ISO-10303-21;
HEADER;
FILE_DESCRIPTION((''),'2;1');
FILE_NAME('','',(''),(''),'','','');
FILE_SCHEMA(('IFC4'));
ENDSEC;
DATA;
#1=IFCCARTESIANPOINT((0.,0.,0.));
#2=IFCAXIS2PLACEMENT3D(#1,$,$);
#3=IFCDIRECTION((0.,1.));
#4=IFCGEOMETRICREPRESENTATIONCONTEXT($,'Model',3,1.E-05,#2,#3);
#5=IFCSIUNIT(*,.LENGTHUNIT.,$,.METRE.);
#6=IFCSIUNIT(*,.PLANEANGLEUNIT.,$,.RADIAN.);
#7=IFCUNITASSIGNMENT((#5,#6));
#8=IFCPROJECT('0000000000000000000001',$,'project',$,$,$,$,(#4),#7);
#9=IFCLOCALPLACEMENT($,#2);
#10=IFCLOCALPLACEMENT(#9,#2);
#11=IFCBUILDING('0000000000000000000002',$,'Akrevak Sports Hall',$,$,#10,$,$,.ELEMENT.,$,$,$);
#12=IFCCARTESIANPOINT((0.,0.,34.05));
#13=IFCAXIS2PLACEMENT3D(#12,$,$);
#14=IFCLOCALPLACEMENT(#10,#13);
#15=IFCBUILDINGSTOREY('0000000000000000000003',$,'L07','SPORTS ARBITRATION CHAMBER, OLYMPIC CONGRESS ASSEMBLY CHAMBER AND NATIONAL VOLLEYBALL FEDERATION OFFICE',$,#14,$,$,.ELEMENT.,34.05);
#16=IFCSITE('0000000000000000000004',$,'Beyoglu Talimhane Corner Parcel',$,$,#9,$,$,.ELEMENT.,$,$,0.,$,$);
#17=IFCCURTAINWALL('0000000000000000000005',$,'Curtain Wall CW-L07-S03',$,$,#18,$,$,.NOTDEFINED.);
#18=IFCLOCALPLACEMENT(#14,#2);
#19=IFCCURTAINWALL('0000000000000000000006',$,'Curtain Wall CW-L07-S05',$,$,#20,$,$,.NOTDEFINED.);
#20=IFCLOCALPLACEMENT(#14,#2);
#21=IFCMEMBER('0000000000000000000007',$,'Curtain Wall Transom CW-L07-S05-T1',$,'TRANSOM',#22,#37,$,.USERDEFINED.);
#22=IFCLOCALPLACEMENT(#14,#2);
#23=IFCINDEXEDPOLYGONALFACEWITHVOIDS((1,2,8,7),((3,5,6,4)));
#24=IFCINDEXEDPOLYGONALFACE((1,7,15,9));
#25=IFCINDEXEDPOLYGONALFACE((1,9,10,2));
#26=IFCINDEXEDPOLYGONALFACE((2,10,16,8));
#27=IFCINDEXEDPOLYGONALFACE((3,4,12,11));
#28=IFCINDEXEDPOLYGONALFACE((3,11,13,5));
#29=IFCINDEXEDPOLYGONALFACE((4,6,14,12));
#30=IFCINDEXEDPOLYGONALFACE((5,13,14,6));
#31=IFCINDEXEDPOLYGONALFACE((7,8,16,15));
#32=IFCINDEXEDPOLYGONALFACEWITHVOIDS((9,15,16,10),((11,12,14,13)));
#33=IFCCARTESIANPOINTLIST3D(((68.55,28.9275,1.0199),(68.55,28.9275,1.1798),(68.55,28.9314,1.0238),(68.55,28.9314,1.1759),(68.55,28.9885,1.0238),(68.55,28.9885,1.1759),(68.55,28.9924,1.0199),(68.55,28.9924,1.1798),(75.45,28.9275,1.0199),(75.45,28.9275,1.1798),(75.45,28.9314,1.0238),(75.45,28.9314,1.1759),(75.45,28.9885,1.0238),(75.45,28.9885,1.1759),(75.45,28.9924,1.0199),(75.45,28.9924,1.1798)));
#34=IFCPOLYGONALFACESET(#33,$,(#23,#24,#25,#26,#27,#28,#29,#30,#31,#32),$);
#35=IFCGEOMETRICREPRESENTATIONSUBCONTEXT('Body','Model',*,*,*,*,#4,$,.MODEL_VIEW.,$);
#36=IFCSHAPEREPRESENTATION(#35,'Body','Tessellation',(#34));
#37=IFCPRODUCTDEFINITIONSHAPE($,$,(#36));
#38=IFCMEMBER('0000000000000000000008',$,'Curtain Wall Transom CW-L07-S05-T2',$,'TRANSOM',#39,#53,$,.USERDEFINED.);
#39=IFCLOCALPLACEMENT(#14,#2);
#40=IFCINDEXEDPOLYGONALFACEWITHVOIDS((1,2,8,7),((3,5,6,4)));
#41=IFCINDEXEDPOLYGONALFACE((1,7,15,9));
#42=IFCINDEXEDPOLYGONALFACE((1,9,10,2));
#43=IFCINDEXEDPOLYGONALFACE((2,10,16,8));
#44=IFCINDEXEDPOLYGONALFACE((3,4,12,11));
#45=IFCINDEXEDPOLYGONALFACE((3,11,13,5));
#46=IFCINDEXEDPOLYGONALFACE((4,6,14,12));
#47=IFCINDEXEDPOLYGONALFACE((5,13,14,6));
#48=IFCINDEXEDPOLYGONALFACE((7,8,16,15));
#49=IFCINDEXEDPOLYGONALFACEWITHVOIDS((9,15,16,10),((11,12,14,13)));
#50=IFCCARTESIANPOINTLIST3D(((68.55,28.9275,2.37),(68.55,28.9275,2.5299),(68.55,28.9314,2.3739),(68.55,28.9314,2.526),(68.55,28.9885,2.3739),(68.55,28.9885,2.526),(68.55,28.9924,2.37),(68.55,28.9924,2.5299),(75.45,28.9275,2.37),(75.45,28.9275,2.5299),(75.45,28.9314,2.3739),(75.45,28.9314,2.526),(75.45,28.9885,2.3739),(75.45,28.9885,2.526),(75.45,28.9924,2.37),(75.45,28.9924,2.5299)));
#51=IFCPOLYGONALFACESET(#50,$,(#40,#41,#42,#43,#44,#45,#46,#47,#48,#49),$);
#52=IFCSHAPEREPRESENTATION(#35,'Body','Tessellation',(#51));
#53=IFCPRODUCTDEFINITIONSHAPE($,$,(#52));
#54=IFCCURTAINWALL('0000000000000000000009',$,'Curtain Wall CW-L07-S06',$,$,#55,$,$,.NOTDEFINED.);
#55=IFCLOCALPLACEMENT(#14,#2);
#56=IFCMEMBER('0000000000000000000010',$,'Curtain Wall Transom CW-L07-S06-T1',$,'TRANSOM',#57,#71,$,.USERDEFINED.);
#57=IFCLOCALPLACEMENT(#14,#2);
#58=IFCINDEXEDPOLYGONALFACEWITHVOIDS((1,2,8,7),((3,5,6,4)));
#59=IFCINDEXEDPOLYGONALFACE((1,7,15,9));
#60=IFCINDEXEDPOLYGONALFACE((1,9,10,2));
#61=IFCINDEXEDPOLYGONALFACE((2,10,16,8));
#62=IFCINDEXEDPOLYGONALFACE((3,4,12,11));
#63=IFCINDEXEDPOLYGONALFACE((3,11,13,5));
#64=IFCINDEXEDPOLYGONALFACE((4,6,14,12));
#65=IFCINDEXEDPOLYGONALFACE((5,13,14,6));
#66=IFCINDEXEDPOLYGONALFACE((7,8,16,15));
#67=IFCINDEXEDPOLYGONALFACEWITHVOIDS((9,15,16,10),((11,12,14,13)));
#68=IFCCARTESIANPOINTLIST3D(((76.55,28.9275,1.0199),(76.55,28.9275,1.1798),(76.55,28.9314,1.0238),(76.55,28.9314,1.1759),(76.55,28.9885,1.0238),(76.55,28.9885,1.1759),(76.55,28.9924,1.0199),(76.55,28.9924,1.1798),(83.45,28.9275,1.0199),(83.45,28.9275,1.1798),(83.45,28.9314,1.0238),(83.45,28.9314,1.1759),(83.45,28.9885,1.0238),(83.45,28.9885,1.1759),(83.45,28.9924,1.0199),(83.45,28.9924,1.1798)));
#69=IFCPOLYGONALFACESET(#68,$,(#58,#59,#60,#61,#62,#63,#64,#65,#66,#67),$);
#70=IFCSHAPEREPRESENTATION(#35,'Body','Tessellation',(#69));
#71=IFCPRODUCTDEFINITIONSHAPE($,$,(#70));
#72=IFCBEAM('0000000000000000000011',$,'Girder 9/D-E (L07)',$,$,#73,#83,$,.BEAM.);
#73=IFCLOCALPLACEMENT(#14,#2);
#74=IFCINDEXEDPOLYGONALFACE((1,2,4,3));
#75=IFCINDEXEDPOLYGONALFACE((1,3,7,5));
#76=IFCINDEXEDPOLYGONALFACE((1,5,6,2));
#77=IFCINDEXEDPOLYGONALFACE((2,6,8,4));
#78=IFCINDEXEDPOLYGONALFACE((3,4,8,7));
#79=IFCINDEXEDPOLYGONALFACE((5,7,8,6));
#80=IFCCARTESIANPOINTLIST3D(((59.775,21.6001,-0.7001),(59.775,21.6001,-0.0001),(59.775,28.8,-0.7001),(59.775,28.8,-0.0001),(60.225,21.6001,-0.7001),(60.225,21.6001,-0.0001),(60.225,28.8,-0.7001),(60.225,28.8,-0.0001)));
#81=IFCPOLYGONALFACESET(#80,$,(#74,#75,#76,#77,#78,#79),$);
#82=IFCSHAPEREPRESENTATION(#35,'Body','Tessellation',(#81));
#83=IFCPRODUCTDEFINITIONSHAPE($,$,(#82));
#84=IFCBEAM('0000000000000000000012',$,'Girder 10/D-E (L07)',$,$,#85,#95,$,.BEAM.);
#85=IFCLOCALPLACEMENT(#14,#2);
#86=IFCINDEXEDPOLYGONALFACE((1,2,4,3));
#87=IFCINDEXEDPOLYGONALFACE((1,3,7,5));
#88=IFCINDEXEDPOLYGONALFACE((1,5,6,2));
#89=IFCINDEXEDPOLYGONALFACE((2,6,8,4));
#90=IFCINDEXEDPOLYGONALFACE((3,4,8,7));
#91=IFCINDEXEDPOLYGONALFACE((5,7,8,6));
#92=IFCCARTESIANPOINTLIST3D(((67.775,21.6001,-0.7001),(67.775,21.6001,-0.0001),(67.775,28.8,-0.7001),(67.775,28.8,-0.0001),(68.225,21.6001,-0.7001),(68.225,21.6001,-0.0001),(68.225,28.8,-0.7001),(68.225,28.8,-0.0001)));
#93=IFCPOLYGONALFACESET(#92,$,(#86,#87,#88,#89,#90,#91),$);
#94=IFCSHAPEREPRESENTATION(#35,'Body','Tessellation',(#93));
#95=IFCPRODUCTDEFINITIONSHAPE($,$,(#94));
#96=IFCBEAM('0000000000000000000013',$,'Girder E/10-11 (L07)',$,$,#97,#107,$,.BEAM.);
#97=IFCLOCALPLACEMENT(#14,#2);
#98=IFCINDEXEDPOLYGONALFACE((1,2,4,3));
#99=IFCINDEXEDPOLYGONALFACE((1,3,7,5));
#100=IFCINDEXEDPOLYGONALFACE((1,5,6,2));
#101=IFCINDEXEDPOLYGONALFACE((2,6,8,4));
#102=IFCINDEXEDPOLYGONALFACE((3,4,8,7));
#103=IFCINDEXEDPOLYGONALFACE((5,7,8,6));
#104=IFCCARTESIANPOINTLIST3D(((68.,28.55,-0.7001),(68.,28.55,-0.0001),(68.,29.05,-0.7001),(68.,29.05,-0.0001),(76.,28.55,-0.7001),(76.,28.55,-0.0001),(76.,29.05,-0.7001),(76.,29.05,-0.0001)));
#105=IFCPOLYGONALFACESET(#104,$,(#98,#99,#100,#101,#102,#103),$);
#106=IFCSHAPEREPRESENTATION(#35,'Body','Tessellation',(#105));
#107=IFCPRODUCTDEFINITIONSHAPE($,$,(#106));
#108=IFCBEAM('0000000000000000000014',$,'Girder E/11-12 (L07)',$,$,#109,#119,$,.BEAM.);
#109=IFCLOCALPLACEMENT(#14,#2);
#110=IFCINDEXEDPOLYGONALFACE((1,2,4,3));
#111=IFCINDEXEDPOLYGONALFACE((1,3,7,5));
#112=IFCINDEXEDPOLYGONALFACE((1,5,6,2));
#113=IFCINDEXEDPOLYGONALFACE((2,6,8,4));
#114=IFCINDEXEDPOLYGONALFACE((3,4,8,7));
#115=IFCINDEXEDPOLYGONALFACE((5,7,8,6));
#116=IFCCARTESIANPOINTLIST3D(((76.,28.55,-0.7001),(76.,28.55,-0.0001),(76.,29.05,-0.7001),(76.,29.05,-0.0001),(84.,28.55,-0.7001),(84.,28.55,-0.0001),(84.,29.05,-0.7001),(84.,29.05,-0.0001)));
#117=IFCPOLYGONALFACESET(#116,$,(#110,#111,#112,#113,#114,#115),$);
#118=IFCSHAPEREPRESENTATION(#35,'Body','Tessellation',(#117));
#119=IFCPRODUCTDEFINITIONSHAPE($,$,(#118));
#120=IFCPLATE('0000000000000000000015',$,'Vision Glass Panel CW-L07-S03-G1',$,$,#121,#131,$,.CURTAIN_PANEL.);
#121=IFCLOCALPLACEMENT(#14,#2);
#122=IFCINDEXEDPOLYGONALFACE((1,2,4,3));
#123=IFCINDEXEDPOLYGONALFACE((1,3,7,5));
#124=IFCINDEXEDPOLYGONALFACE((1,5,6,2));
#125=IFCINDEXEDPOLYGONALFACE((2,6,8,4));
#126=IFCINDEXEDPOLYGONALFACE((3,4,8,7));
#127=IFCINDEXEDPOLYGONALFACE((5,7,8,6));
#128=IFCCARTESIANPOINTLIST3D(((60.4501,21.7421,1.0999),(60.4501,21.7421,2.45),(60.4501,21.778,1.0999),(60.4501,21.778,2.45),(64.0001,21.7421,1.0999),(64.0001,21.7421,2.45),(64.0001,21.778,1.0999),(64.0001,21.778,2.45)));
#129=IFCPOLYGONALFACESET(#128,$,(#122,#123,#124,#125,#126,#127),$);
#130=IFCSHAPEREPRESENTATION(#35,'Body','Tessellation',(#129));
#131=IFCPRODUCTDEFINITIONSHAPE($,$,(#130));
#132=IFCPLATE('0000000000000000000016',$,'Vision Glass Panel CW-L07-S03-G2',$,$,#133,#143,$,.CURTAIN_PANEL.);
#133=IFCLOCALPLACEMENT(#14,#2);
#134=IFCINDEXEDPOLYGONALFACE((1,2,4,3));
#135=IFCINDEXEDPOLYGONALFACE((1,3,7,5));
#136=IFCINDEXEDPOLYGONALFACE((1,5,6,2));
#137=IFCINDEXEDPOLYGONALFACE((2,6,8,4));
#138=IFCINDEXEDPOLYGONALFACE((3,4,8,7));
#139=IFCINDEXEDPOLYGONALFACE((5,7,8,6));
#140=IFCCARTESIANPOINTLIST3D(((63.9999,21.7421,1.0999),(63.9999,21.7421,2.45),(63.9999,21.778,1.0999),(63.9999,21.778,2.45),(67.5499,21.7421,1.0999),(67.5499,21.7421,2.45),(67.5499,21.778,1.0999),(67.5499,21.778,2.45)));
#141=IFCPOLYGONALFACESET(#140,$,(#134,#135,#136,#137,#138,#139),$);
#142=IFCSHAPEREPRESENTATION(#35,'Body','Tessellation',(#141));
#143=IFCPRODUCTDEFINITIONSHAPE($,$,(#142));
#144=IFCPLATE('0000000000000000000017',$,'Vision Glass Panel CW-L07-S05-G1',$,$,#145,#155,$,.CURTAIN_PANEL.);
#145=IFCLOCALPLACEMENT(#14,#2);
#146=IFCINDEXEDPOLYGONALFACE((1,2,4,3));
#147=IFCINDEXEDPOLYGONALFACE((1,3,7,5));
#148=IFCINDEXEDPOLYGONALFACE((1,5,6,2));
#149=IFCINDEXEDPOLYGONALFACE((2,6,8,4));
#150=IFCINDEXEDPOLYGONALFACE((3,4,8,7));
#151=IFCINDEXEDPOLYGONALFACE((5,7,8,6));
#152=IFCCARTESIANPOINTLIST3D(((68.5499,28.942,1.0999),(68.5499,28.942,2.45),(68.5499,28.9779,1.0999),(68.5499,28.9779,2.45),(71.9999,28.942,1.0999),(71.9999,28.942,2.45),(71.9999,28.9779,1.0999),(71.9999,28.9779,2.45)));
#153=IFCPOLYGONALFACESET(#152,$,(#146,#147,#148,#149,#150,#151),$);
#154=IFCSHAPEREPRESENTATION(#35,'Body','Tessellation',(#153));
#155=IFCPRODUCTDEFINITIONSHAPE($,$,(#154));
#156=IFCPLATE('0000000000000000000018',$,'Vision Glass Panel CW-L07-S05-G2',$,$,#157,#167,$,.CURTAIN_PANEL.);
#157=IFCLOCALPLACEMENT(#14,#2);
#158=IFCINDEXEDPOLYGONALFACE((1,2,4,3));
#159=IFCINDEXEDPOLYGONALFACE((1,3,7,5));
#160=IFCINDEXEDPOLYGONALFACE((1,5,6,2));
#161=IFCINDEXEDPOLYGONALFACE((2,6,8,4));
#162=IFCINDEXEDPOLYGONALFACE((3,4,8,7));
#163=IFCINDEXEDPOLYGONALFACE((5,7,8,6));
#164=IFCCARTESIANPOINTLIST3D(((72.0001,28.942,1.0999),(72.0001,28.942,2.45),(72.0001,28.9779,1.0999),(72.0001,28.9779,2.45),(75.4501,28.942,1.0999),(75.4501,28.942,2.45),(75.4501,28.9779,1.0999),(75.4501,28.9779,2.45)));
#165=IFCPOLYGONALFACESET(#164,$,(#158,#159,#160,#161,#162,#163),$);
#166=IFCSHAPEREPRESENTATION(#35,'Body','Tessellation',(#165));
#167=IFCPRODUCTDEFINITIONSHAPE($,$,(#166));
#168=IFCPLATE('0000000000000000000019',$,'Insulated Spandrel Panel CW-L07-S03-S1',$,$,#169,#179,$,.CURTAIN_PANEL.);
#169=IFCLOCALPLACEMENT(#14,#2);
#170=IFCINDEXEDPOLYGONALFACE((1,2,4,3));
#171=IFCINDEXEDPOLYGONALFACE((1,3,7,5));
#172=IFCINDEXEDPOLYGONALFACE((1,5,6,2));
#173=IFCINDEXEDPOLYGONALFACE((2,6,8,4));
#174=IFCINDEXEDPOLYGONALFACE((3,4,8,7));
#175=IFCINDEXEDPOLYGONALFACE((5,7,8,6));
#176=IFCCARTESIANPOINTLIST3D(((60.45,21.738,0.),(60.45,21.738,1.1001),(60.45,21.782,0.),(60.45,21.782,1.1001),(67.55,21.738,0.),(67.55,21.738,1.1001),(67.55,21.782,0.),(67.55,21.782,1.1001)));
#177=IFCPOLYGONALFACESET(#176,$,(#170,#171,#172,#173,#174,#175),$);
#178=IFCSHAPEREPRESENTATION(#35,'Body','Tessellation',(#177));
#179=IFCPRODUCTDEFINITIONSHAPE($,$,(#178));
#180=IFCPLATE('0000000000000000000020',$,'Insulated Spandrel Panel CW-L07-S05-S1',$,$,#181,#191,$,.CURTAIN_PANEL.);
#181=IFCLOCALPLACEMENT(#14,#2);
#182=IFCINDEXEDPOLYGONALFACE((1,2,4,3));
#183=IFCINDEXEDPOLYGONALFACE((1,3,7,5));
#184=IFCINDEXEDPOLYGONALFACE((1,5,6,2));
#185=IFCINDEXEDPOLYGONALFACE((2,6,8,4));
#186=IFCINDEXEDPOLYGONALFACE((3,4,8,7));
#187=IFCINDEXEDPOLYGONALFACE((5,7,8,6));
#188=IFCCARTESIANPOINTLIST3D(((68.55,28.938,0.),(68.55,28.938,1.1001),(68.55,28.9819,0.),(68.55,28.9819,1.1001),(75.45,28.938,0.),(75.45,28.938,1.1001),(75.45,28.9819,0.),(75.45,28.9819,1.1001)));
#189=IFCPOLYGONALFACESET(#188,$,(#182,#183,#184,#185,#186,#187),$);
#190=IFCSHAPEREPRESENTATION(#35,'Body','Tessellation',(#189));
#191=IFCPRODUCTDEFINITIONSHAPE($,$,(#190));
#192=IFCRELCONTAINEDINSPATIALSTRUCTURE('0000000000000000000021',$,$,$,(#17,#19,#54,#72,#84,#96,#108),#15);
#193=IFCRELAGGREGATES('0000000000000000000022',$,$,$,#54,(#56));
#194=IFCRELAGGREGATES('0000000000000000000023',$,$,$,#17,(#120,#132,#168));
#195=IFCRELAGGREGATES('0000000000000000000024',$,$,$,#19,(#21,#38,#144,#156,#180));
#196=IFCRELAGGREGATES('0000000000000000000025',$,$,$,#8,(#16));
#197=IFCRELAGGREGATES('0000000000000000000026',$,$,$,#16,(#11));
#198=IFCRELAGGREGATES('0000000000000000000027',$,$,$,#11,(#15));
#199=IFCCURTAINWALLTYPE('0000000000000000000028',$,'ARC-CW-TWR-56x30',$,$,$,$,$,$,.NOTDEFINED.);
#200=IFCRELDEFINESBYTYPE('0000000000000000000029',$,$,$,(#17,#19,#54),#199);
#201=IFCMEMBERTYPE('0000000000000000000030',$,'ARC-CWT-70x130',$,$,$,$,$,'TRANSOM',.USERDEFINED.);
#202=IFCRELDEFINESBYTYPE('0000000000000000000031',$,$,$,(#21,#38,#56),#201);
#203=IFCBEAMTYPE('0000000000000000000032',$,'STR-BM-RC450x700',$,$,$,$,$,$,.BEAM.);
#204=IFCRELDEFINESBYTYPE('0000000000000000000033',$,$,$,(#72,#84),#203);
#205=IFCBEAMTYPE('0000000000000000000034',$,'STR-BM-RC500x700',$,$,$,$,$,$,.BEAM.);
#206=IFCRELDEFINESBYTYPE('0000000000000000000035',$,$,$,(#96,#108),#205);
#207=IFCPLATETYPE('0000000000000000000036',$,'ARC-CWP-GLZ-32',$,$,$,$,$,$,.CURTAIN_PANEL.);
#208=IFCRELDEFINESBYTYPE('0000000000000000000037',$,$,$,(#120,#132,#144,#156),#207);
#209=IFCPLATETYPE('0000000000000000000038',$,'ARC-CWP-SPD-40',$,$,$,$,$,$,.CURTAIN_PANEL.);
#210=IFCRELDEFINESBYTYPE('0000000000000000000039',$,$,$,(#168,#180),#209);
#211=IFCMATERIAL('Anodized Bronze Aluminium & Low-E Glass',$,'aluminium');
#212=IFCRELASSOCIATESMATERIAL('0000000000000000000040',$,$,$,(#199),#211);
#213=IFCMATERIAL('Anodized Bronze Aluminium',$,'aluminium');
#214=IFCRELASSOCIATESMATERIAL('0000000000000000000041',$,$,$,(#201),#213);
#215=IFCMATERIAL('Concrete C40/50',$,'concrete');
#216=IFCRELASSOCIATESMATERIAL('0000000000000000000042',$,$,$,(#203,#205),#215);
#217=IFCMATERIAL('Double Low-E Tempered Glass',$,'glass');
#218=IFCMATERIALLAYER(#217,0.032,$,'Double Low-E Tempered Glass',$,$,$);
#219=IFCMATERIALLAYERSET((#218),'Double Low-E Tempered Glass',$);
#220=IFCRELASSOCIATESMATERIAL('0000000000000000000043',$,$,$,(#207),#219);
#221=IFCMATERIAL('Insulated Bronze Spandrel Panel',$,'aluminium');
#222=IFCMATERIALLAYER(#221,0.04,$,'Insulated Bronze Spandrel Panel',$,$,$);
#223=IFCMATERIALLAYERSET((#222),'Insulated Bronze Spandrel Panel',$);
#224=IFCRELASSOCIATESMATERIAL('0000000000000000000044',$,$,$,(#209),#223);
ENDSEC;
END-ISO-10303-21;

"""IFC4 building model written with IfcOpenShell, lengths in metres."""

from ifc_helpers import new_model, si_unit, direction, frame, origin, origin_2d, place, context, subcontext, project, spatial, rectangle, hollow_rectangle, extrude, material, layer, layer_set, material_profile, profile_set, type_object, element, aggregate, save


model = new_model("IFC4")

# Units and contexts
model_context = context("Model", 3, precision=1e-05, world=origin(), true_north=direction((0.0, 1.0)))
body_context = subcontext(model_context, "Body", "Model", "MODEL_VIEW")
ifc_project = project(units=[si_unit("LENGTHUNIT", "METRE"), si_unit("PLANEANGLEUNIT", "RADIAN")], contexts=[model_context])

# Site, building, storey
site_placement = place(None, origin())
site = spatial("IfcSite", under=ifc_project, at=site_placement, Name="Beyoglu Talimhane Corner Parcel", CompositionType="ELEMENT", RefElevation=0.0)
building_placement = place(site_placement, origin())
building = spatial("IfcBuilding", under=site, at=building_placement, Name="Akrevak Sports Hall", CompositionType="ELEMENT")
storey_placement = place(building_placement, frame((0.0, 0.0, 34.05)))
storey = spatial("IfcBuildingStorey", under=building, at=storey_placement, Name="L07", Description="SPORTS ARBITRATION CHAMBER, OLYMPIC CONGRESS ASSEMBLY CHAMBER AND NATIONAL VOLLEYBALL FEDERATION OFFICE", CompositionType="ELEMENT", Elevation=34.05)

# Shared definitions
ifc_material_1 = material(Name="Concrete C40/50", Category="concrete")

# Curtain walls
ifc_material_2 = material(Name="Anodized Bronze Aluminium & Low-E Glass", Category="aluminium")
curtain_wall_type = type_object("IfcCurtainWallType", Name="ARC-CW-TWR-56x30", PredefinedType="NOTDEFINED", material=ifc_material_2)
curtain_wall_1_placement = place(storey_placement, origin())
curtain_wall_1 = element("IfcCurtainWall", 1, at=curtain_wall_1_placement, inside=storey, type_object=curtain_wall_type, Name="Curtain Wall CW-L07-S03", PredefinedType="NOTDEFINED")
ifc_material_3 = material(Name="Anodized Bronze Aluminium", Category="aluminium")
curtain_wall_2_placement = place(storey_placement, origin())
curtain_wall_2 = element("IfcCurtainWall", 2, at=curtain_wall_2_placement, inside=storey, type_object=curtain_wall_type, Name="Curtain Wall CW-L07-S05", PredefinedType="NOTDEFINED")

# Members
ifc_material_profile_1 = material_profile(ifc_material_3, hollow_rectangle(XDim=0.0649, YDim=0.1599, WallThickness=0.0039, at=origin_2d()), Name="CWT 65x160", Category="aluminium")
ifc_profile_set_1 = profile_set([ifc_material_profile_1], Name="Anodized Bronze Aluminium")
member_type_1 = type_object("IfcMemberType", Name="ARC-CWT-70x130", ElementType="TRANSOM", PredefinedType="USERDEFINED", material=ifc_profile_set_1)
member_1_placement = place(storey_placement, frame((68.55, 28.96, 1.0999), z_axis=(1.0, 0.0, 0.0), x_axis=(0.0, 1.0, 0.0)))
member_1 = element("IfcMember", 3, at=member_1_placement, type_object=member_type_1, Name="Curtain Wall Transom CW-L07-S05-T1", ObjectType="TRANSOM", PredefinedType="USERDEFINED", context=body_context, shape_type="SweptSolid", body=[
    extrude(hollow_rectangle(XDim=0.0649, YDim=0.1599, WallThickness=0.0039, at=origin_2d()), origin(), (0.0, 0.0, 1.0), 6.8999),
])
member_2_placement = place(storey_placement, frame((68.55, 28.96, 2.45), z_axis=(1.0, 0.0, 0.0), x_axis=(0.0, 1.0, 0.0)))
member_2 = element("IfcMember", 4, at=member_2_placement, type_object=member_type_1, Name="Curtain Wall Transom CW-L07-S05-T2", ObjectType="TRANSOM", PredefinedType="USERDEFINED", context=body_context, shape_type="SweptSolid", body=[
    extrude(hollow_rectangle(XDim=0.0649, YDim=0.1599, WallThickness=0.0039, at=origin_2d()), origin(), (0.0, 0.0, 1.0), 6.8999),
])

# Curtain wall, member
curtain_wall_3_placement = place(storey_placement, origin())
curtain_wall_3 = element("IfcCurtainWall", 5, at=curtain_wall_3_placement, inside=storey, type_object=curtain_wall_type, Name="Curtain Wall CW-L07-S06", PredefinedType="NOTDEFINED")
member_3_placement = place(storey_placement, frame((76.55, 28.96, 1.0999), z_axis=(1.0, 0.0, 0.0), x_axis=(0.0, 1.0, 0.0)))
member_3 = element("IfcMember", 6, at=member_3_placement, type_object=member_type_1, Name="Curtain Wall Transom CW-L07-S06-T1", ObjectType="TRANSOM", PredefinedType="USERDEFINED", context=body_context, shape_type="SweptSolid", body=[
    extrude(hollow_rectangle(XDim=0.0649, YDim=0.1599, WallThickness=0.0039, at=origin_2d()), origin(), (0.0, 0.0, 1.0), 6.8999),
])
aggregate(curtain_wall_3, [member_3])

# Beams
ifc_material_profile_2 = material_profile(ifc_material_1, rectangle(XDim=0.45, YDim=0.7, at=origin_2d()), Name="BM 450x700", Category="concrete")
ifc_profile_set_2 = profile_set([ifc_material_profile_2], Name="Concrete C40/50")
beam_type_1 = type_object("IfcBeamType", Name="STR-BM-RC450x700", PredefinedType="BEAM", material=ifc_profile_set_2)
for number, where, z_axis, x_axis, name in (
    (7, (60.0, 21.6001, -0.3501), (0.0, 1.0, 0.0), (-1.0, 0.0, 0.0), "Girder 9/D-E (L07)"),
    (8, (68.0, 21.6001, -0.3501), (0.0, 1.0, 0.0), (-1.0, 0.0, 0.0), "Girder 10/D-E (L07)"),
):
    element("IfcBeam", number, at=place(storey_placement, frame(where, z_axis=z_axis, x_axis=x_axis)), inside=storey, type_object=beam_type_1, Name=name, PredefinedType="BEAM", context=body_context, shape_type="SweptSolid", body=[
        extrude(rectangle(XDim=0.45, YDim=0.7, at=origin_2d()), origin(), (0.0, 0.0, 1.0), 7.2),
    ])
ifc_material_profile_3 = material_profile(ifc_material_1, rectangle(XDim=0.5, YDim=0.7, at=origin_2d()), Name="BM 500x700", Category="concrete")
ifc_profile_set_3 = profile_set([ifc_material_profile_3], Name="Concrete C40/50")
beam_type_2 = type_object("IfcBeamType", Name="STR-BM-RC500x700", PredefinedType="BEAM", material=ifc_profile_set_3)
for number, where, z_axis, x_axis, name in (
    (9, (68.0, 28.8, -0.3501), (1.0, 0.0, 0.0), (0.0, 1.0, 0.0), "Girder E/10-11 (L07)"),
    (10, (76.0, 28.8, -0.3501), (1.0, 0.0, 0.0), (0.0, 1.0, 0.0), "Girder E/11-12 (L07)"),
):
    element("IfcBeam", number, at=place(storey_placement, frame(where, z_axis=z_axis, x_axis=x_axis)), inside=storey, type_object=beam_type_2, Name=name, PredefinedType="BEAM", context=body_context, shape_type="SweptSolid", body=[
        extrude(rectangle(XDim=0.5, YDim=0.7, at=origin_2d()), origin(), (0.0, 0.0, 1.0), 8.0),
    ])

# Plates
ifc_material_4 = material(Name="Double Low-E Tempered Glass", Category="glass")
ifc_layer_1 = layer(ifc_material_4, 0.032, Name="Double Low-E Tempered Glass")
ifc_layer_set_1 = layer_set([ifc_layer_1], Name="Double Low-E Tempered Glass")
plate_type_1 = type_object("IfcPlateType", Name="ARC-CWP-GLZ-32", PredefinedType="CURTAIN_PANEL", material=ifc_layer_set_1)
plate_1_placement = place(storey_placement, frame((62.2251, 21.76, 1.0999), z_axis=(0.0, 0.0, 1.0), x_axis=(1.0, 0.0, 0.0)))
plate_1 = element("IfcPlate", 11, at=plate_1_placement, type_object=plate_type_1, Name="Vision Glass Panel CW-L07-S03-G1", PredefinedType="CURTAIN_PANEL", context=body_context, shape_type="SweptSolid", body=[
    extrude(rectangle(XDim=3.55, YDim=0.0359, at=origin_2d()), origin(), (0.0, 0.0, 1.0), 1.3501),
])
plate_2_placement = place(storey_placement, frame((65.7749, 21.76, 1.0999), z_axis=(0.0, 0.0, 1.0), x_axis=(1.0, 0.0, 0.0)))
plate_2 = element("IfcPlate", 12, at=plate_2_placement, type_object=plate_type_1, Name="Vision Glass Panel CW-L07-S03-G2", PredefinedType="CURTAIN_PANEL", context=body_context, shape_type="SweptSolid", body=[
    extrude(rectangle(XDim=3.55, YDim=0.0359, at=origin_2d()), origin(), (0.0, 0.0, 1.0), 1.3501),
])
plate_3_placement = place(storey_placement, frame((70.2749, 28.96, 1.0999), z_axis=(0.0, 0.0, 1.0), x_axis=(1.0, 0.0, 0.0)))
plate_3 = element("IfcPlate", 13, at=plate_3_placement, type_object=plate_type_1, Name="Vision Glass Panel CW-L07-S05-G1", PredefinedType="CURTAIN_PANEL", context=body_context, shape_type="SweptSolid", body=[
    extrude(rectangle(XDim=3.45, YDim=0.0359, at=origin_2d()), origin(), (0.0, 0.0, 1.0), 1.3501),
])
plate_4_placement = place(storey_placement, frame((73.7251, 28.96, 1.0999), z_axis=(0.0, 0.0, 1.0), x_axis=(1.0, 0.0, 0.0)))
plate_4 = element("IfcPlate", 14, at=plate_4_placement, type_object=plate_type_1, Name="Vision Glass Panel CW-L07-S05-G2", PredefinedType="CURTAIN_PANEL", context=body_context, shape_type="SweptSolid", body=[
    extrude(rectangle(XDim=3.45, YDim=0.0359, at=origin_2d()), origin(), (0.0, 0.0, 1.0), 1.3501),
])
ifc_material_5 = material(Name="Insulated Bronze Spandrel Panel", Category="aluminium")
ifc_layer_2 = layer(ifc_material_5, 0.04, Name="Insulated Bronze Spandrel Panel")
ifc_layer_set_2 = layer_set([ifc_layer_2], Name="Insulated Bronze Spandrel Panel")
plate_type_2 = type_object("IfcPlateType", Name="ARC-CWP-SPD-40", PredefinedType="CURTAIN_PANEL", material=ifc_layer_set_2)
plate_5_placement = place(storey_placement, frame((64.0, 21.76, 0.0), z_axis=(0.0, 0.0, 1.0), x_axis=(1.0, 0.0, 0.0)))
plate_5 = element("IfcPlate", 15, at=plate_5_placement, type_object=plate_type_2, Name="Insulated Spandrel Panel CW-L07-S03-S1", PredefinedType="CURTAIN_PANEL", context=body_context, shape_type="SweptSolid", body=[
    extrude(rectangle(XDim=7.1001, YDim=0.0439, at=origin_2d()), origin(), (0.0, 0.0, 1.0), 1.1001),
])
aggregate(curtain_wall_1, [plate_1, plate_2, plate_5])
plate_6_placement = place(storey_placement, frame((72.0, 28.96, 0.0), z_axis=(0.0, 0.0, 1.0), x_axis=(1.0, 0.0, 0.0)))
plate_6 = element("IfcPlate", 16, at=plate_6_placement, type_object=plate_type_2, Name="Insulated Spandrel Panel CW-L07-S05-S1", PredefinedType="CURTAIN_PANEL", context=body_context, shape_type="SweptSolid", body=[
    extrude(rectangle(XDim=6.8999, YDim=0.0439, at=origin_2d()), origin(), (0.0, 0.0, 1.0), 1.1001),
])
aggregate(curtain_wall_2, [member_1, member_2, plate_3, plate_4, plate_6])

save(model, "model.ifc")
